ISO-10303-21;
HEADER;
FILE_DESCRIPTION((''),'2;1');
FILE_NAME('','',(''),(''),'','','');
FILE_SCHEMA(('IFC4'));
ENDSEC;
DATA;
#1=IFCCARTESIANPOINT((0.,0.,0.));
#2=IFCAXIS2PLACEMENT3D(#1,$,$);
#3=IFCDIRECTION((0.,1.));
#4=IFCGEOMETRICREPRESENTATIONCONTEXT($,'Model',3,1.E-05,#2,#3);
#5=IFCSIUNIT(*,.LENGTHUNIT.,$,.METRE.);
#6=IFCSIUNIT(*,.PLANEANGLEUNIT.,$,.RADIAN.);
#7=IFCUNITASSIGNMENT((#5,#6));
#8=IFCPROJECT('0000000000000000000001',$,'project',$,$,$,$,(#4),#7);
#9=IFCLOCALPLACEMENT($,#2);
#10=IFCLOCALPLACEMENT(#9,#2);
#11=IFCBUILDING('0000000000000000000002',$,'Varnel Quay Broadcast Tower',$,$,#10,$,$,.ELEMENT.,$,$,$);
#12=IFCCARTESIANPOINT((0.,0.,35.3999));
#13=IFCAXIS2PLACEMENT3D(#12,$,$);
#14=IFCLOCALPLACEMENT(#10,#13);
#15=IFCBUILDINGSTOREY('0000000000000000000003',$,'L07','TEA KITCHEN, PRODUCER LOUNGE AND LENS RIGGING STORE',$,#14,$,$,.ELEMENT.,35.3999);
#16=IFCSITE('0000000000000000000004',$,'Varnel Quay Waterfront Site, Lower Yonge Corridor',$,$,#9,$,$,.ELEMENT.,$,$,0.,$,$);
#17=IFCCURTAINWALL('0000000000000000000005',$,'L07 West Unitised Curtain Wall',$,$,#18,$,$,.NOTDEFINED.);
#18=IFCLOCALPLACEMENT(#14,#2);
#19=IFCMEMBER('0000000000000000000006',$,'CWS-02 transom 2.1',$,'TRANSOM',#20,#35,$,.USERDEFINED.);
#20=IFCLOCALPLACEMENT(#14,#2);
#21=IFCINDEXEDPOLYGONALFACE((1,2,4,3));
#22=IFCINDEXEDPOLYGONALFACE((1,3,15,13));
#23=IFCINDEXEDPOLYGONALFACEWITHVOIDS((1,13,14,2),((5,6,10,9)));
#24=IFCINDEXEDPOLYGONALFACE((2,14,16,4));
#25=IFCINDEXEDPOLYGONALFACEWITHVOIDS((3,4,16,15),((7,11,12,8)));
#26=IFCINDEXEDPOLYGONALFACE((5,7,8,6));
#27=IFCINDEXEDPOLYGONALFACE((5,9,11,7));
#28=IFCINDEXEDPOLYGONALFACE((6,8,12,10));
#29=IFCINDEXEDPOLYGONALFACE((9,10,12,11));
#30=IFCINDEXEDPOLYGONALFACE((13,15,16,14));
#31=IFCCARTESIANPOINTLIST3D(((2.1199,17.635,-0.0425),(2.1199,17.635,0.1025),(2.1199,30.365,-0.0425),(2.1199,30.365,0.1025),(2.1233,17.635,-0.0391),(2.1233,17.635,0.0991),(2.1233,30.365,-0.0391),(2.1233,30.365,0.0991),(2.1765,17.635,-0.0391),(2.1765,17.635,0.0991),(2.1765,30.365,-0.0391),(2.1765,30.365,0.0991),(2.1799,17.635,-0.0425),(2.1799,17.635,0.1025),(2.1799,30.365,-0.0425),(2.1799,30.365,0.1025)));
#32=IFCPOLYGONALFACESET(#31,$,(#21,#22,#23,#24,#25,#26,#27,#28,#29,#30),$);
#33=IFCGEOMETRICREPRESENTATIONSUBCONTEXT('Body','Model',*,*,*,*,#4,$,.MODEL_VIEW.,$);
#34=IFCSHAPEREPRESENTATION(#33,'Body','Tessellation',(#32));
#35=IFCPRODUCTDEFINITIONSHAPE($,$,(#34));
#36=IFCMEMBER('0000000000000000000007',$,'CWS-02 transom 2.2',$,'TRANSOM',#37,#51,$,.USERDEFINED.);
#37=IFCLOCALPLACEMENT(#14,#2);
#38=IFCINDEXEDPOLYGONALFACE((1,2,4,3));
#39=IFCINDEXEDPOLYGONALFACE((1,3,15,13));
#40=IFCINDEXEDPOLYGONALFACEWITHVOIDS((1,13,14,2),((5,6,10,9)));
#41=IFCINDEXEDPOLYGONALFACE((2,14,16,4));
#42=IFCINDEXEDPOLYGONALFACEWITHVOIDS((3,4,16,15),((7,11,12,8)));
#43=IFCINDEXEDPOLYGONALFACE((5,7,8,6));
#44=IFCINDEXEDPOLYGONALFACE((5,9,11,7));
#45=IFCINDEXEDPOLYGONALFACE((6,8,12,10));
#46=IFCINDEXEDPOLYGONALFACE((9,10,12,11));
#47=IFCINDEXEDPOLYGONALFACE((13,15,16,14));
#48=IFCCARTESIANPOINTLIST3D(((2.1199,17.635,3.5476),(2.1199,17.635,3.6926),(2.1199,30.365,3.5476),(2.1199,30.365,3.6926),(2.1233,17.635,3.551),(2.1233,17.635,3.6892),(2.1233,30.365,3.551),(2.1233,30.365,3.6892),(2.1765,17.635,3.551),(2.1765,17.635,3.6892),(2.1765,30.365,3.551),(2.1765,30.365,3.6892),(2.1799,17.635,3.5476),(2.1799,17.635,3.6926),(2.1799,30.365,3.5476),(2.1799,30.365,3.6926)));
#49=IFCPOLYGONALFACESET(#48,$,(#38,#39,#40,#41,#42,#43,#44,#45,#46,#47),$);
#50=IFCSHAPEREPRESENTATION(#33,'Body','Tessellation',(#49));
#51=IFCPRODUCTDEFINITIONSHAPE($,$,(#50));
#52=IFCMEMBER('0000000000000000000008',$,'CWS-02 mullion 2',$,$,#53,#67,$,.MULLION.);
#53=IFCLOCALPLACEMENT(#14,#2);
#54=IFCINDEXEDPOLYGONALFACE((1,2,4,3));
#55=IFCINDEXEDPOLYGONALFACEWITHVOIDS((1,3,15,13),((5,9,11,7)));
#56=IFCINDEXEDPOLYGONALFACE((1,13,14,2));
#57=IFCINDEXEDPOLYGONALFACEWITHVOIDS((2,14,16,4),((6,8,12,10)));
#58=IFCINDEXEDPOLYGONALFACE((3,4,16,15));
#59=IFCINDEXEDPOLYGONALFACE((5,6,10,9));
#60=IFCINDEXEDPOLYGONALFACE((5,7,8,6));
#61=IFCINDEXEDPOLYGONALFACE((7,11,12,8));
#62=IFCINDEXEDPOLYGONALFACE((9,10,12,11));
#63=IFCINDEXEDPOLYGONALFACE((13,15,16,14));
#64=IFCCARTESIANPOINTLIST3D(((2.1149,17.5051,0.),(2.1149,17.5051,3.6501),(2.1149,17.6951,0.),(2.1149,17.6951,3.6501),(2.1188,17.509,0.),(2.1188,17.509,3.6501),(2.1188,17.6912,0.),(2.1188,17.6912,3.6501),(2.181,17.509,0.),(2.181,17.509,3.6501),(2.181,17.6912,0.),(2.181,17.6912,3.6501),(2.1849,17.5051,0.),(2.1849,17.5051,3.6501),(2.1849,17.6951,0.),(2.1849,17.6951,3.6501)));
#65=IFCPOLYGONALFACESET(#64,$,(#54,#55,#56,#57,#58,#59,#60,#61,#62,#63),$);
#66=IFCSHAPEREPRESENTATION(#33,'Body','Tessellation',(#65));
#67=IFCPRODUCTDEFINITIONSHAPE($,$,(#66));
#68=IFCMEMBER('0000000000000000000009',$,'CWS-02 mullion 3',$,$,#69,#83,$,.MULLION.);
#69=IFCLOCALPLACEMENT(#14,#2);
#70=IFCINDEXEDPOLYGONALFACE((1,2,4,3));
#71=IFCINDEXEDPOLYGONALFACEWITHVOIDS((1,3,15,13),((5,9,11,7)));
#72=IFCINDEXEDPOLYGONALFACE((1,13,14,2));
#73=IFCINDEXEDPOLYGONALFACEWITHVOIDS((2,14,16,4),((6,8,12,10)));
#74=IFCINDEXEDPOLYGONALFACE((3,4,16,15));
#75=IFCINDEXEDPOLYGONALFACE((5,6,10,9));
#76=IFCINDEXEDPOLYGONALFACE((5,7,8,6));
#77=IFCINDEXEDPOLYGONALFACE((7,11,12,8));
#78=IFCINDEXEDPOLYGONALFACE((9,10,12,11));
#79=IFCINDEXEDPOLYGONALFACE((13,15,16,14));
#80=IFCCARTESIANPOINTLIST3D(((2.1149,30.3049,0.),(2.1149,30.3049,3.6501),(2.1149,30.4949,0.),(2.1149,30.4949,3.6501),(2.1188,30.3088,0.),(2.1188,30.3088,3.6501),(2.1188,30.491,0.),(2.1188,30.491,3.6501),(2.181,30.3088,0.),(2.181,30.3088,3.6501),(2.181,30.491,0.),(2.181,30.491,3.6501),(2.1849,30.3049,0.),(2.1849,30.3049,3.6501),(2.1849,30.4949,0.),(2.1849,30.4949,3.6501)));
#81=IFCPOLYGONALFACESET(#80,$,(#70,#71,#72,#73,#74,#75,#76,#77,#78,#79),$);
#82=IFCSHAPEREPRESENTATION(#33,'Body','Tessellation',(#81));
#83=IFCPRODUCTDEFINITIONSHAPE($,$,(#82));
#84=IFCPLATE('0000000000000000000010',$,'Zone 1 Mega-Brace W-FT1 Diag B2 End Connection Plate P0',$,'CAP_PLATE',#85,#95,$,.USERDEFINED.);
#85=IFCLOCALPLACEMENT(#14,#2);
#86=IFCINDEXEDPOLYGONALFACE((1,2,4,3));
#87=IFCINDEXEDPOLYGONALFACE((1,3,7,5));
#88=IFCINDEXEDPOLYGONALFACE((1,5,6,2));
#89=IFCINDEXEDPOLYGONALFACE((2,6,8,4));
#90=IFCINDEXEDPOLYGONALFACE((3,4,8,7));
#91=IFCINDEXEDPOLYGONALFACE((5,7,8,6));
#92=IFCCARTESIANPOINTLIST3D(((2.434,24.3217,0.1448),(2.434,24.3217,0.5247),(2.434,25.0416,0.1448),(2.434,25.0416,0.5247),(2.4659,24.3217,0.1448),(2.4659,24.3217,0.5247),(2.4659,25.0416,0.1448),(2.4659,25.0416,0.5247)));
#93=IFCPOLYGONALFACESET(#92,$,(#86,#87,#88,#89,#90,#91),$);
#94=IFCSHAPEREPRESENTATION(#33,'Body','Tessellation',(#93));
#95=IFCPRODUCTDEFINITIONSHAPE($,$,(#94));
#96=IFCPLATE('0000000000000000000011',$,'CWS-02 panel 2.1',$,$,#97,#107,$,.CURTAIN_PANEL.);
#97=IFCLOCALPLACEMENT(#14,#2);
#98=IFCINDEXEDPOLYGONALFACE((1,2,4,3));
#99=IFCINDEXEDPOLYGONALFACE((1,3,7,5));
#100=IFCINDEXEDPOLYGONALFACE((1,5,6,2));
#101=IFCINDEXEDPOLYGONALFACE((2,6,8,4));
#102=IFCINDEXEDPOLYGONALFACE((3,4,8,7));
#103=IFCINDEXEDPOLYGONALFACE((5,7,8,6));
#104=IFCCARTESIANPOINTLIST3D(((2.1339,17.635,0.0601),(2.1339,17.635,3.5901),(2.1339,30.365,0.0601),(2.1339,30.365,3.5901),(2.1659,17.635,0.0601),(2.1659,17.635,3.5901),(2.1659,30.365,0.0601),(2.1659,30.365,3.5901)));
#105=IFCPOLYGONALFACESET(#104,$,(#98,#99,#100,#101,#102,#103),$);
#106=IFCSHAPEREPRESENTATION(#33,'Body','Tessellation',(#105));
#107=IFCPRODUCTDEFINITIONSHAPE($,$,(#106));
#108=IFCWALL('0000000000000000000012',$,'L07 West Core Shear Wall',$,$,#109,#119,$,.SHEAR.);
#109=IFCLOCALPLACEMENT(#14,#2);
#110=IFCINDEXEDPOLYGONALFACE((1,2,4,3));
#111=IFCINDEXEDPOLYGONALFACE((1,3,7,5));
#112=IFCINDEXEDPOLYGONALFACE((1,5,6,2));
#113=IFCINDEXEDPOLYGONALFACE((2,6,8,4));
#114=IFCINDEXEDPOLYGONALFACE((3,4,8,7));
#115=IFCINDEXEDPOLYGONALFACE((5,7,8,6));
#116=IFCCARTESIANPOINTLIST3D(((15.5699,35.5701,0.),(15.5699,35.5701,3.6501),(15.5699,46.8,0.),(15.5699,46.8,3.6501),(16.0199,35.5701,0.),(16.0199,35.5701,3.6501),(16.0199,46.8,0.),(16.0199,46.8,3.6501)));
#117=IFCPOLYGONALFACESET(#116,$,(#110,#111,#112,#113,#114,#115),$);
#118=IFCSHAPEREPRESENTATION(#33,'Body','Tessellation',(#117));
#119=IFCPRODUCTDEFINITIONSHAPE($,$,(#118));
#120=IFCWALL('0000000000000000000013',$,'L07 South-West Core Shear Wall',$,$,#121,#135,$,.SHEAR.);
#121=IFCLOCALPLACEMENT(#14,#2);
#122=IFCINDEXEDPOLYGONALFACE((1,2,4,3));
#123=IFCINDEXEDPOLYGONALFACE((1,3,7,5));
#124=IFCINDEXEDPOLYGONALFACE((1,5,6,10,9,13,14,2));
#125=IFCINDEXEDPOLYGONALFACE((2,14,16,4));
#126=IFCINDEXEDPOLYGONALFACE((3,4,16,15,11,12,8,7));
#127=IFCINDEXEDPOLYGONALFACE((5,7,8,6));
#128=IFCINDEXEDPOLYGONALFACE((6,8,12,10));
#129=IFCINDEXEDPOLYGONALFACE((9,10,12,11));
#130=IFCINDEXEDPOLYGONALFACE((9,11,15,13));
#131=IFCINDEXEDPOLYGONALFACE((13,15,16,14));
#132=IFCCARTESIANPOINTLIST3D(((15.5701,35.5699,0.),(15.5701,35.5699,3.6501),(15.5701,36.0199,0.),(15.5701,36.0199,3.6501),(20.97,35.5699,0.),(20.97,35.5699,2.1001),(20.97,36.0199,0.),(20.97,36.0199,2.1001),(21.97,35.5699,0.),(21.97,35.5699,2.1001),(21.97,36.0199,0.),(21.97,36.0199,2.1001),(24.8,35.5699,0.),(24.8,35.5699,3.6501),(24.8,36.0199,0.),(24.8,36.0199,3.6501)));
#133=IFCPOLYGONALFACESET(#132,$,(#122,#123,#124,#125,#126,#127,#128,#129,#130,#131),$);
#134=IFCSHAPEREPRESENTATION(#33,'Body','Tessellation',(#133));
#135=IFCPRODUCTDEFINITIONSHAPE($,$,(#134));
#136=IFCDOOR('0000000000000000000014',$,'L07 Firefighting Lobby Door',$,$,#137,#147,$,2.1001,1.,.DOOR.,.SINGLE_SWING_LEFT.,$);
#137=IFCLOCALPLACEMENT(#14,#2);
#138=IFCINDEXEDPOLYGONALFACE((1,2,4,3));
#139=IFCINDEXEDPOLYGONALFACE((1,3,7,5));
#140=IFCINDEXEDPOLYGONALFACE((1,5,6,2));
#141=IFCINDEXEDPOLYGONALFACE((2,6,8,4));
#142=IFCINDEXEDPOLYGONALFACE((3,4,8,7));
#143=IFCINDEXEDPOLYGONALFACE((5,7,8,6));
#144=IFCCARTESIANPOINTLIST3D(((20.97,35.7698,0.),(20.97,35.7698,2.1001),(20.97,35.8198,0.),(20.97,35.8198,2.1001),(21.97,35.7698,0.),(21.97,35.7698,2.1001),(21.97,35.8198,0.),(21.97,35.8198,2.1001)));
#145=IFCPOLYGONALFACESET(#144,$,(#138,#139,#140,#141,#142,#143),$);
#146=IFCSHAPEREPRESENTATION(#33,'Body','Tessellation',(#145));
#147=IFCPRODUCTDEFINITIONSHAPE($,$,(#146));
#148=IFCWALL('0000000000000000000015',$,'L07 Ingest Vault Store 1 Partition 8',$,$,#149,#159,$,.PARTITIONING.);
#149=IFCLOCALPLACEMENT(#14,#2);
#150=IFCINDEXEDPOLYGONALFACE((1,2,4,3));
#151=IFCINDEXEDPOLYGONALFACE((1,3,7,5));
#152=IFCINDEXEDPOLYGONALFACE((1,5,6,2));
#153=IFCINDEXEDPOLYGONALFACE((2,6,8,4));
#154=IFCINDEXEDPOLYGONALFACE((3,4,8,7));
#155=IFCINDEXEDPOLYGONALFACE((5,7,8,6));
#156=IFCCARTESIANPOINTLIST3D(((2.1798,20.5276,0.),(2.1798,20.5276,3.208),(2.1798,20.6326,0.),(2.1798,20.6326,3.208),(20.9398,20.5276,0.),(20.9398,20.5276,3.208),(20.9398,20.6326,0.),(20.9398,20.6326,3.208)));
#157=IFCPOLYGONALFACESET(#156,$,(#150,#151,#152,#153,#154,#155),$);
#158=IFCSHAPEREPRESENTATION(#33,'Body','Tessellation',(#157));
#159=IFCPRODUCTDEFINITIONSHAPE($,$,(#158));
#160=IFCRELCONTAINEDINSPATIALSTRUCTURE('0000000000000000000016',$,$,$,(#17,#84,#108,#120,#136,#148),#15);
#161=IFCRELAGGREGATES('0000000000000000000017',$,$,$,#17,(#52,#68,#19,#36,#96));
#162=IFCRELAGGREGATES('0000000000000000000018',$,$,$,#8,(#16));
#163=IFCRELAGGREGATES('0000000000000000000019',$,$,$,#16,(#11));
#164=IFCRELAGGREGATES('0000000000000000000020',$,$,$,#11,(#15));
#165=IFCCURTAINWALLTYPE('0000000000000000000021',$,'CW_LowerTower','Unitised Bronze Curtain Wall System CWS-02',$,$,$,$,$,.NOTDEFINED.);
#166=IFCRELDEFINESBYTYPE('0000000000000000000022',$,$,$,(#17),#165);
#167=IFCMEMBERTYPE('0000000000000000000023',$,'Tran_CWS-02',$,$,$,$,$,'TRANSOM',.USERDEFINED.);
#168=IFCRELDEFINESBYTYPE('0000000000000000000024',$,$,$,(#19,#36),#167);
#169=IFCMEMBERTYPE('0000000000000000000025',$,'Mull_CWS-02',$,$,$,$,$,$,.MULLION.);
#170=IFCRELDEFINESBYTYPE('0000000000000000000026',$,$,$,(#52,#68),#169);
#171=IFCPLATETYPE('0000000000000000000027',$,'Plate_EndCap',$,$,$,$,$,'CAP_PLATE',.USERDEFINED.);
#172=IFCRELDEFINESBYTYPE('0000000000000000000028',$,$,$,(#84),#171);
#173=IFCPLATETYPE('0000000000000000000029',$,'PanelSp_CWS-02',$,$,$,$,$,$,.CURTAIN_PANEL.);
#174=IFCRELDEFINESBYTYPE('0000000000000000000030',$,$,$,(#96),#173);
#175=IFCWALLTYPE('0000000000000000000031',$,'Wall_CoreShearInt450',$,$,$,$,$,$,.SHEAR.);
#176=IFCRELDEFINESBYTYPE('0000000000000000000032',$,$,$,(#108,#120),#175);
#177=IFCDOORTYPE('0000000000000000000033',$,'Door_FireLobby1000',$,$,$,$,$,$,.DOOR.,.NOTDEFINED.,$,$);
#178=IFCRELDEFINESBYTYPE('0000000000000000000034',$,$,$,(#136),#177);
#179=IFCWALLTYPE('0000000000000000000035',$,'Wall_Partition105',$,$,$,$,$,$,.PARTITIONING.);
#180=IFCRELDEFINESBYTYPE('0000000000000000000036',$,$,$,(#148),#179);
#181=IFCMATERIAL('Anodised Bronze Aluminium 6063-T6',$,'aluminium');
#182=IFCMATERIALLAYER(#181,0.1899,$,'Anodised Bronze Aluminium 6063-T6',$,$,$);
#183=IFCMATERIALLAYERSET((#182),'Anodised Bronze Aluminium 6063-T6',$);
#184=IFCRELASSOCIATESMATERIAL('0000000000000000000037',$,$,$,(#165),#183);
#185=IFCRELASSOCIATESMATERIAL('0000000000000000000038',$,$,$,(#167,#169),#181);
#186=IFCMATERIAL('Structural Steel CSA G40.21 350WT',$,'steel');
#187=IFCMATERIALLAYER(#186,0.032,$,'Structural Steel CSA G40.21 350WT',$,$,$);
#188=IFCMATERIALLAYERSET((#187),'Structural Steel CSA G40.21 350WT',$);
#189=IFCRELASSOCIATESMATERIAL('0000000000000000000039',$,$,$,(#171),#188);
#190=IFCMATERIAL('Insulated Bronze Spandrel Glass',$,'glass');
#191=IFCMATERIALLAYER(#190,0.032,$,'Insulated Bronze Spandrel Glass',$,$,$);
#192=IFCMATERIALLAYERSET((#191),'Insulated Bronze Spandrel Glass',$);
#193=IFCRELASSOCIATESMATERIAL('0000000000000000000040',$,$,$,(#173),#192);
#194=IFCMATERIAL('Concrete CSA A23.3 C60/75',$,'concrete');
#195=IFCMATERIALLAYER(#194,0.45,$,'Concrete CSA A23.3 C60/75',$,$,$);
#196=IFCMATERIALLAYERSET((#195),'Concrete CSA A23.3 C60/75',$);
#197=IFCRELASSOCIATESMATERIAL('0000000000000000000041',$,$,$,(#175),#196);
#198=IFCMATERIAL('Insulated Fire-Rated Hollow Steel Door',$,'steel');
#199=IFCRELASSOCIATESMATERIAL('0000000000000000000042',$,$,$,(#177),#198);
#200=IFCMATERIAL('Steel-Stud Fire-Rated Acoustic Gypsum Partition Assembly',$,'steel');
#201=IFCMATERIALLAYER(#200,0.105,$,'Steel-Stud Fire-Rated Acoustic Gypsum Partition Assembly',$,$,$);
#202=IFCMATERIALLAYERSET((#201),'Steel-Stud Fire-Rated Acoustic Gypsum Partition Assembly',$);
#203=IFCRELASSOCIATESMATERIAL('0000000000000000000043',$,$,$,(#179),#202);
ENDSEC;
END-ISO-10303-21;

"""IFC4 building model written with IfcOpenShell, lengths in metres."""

from ifc_helpers import new_model, si_unit, direction, frame, frame_2d, origin, origin_2d, place, context, subcontext, project, spatial, rectangle, hollow_rectangle, extrude, source, transform, mapped, material, layer, layer_set, material_profile, profile_set, type_object, type_shapes, element, fill, aggregate, save


model = new_model("IFC4")

# Units and contexts
model_context = context("Model", 3, precision=1e-05, world=origin(), true_north=direction((0.0, 1.0)))
body_context = subcontext(model_context, "Body", "Model", "MODEL_VIEW")
ifc_project = project(units=[si_unit("LENGTHUNIT", "METRE"), si_unit("PLANEANGLEUNIT", "RADIAN")], contexts=[model_context])

# Site, building, storey
site_placement = place(None, origin())
site = spatial("IfcSite", under=ifc_project, at=site_placement, Name="Varnel Quay Waterfront Site, Lower Yonge Corridor", CompositionType="ELEMENT", RefElevation=0.0)
building_placement = place(site_placement, origin())
building = spatial("IfcBuilding", under=site, at=building_placement, Name="Varnel Quay Broadcast Tower", CompositionType="ELEMENT")
storey_placement = place(building_placement, frame((0.0, 0.0, 35.3999)))
storey = spatial("IfcBuildingStorey", under=building, at=storey_placement, Name="L07", Description="TEA KITCHEN, PRODUCER LOUNGE AND LENS RIGGING STORE", CompositionType="ELEMENT", Elevation=35.3999)

# Shared definitions
ifc_material_1 = material(Name="Structural Steel CSA G40.21 350WT", Category="steel")
ifc_material_2 = material(Name="Concrete CSA A23.3 C60/75", Category="concrete")

# Curtain wall, members
ifc_material_3 = material(Name="Anodised Bronze Aluminium 6063-T6", Category="aluminium")
ifc_layer_1 = layer(ifc_material_3, 0.1899, Name="Anodised Bronze Aluminium 6063-T6")
ifc_layer_set_1 = layer_set([ifc_layer_1], Name="Anodised Bronze Aluminium 6063-T6")
curtain_wall_type = type_object("IfcCurtainWallType", Name="CW_LowerTower", Description="Unitised Bronze Curtain Wall System CWS-02", PredefinedType="NOTDEFINED", material=ifc_layer_set_1)
curtain_wall_placement = place(storey_placement, origin())
curtain_wall = element("IfcCurtainWall", 1, at=curtain_wall_placement, inside=storey, type_object=curtain_wall_type, Name="L07 West Unitised Curtain Wall", PredefinedType="NOTDEFINED")
ifc_material_profile_1 = material_profile(ifc_material_3, hollow_rectangle(XDim=0.0601, YDim=0.145, WallThickness=0.0034, at=origin_2d()), Name="ALU60X145X3.5")
ifc_profile_set_1 = profile_set([ifc_material_profile_1], Name="Anodised Bronze Aluminium 6063-T6")
member_type_1 = type_object("IfcMemberType", Name="Tran_CWS-02", ElementType="TRANSOM", PredefinedType="USERDEFINED", material=ifc_profile_set_1)
shared_shape_1 = source(origin(), body_context, "Body", "SweptSolid", [
    extrude(hollow_rectangle(XDim=0.0601, YDim=0.145, WallThickness=0.0034, at=origin_2d()), origin(), (0.0, 0.0, 1.0), 12.73),
])
member_1_placement = place(storey_placement, frame((2.1499, 17.635, 0.03), z_axis=(0.0, 1.0, 0.0), x_axis=(-1.0, 0.0, 0.0)))
member_1 = element("IfcMember", 2, at=member_1_placement, type_object=member_type_1, Name="CWS-02 transom 2.1", ObjectType="TRANSOM", PredefinedType="USERDEFINED", context=body_context, shape_type="MappedRepresentation", body=[
    mapped(shared_shape_1, transform((0.0, 0.0, 0.0), x_axis=(1.0, 0.0, 0.0), y_axis=(0.0, 1.0, 0.0), z_axis=(0.0, 0.0, 1.0), scale=1.0)),
])
member_2_placement = place(storey_placement, frame((2.1499, 17.635, 3.6201), z_axis=(0.0, 1.0, 0.0), x_axis=(-1.0, 0.0, 0.0)))
member_2 = element("IfcMember", 3, at=member_2_placement, type_object=member_type_1, Name="CWS-02 transom 2.2", ObjectType="TRANSOM", PredefinedType="USERDEFINED", context=body_context, shape_type="MappedRepresentation", body=[
    mapped(shared_shape_1, transform((0.0, 0.0, 0.0), x_axis=(1.0, 0.0, 0.0), y_axis=(0.0, 1.0, 0.0), z_axis=(0.0, 0.0, 1.0), scale=1.0)),
])
ifc_material_profile_2 = material_profile(ifc_material_3, hollow_rectangle(XDim=0.0701, YDim=0.1899, WallThickness=0.0039, at=origin_2d()), Name="ALU70X190X4")
ifc_profile_set_2 = profile_set([ifc_material_profile_2], Name="Anodised Bronze Aluminium 6063-T6")
member_type_2 = type_object("IfcMemberType", Name="Mull_CWS-02", PredefinedType="MULLION", material=ifc_profile_set_2)
shared_shape_2 = source(origin(), body_context, "Body", "SweptSolid", [
    extrude(hollow_rectangle(XDim=0.0701, YDim=0.1899, WallThickness=0.0039, at=origin_2d()), origin(), (0.0, 0.0, 1.0), 3.6501),
])
type_shapes(member_type_2, [shared_shape_2])
member_3_placement = place(storey_placement, frame((2.1499, 17.6001, 0.0), z_axis=(0.0, 0.0, 1.0), x_axis=(-1.0, 0.0, 0.0)))
member_3 = element("IfcMember", 4, at=member_3_placement, type_object=member_type_2, Name="CWS-02 mullion 2", PredefinedType="MULLION", context=body_context, shape_type="MappedRepresentation", body=[
    mapped(shared_shape_2, transform((0.0, 0.0, 0.0), x_axis=(1.0, 0.0, 0.0), y_axis=(0.0, 1.0, 0.0), z_axis=(0.0, 0.0, 1.0), scale=1.0)),
])
member_4_placement = place(storey_placement, frame((2.1499, 30.3999, 0.0), z_axis=(0.0, 0.0, 1.0), x_axis=(-1.0, 0.0, 0.0)))
member_4 = element("IfcMember", 5, at=member_4_placement, type_object=member_type_2, Name="CWS-02 mullion 3", PredefinedType="MULLION", context=body_context, shape_type="MappedRepresentation", body=[
    mapped(shared_shape_2, transform((0.0, 0.0, 0.0), x_axis=(1.0, 0.0, 0.0), y_axis=(0.0, 1.0, 0.0), z_axis=(0.0, 0.0, 1.0), scale=1.0)),
])

# Plates
ifc_layer_2 = layer(ifc_material_1, 0.032, Name="Structural Steel CSA G40.21 350WT")
ifc_layer_set_2 = layer_set([ifc_layer_2], Name="Structural Steel CSA G40.21 350WT")
plate_type_1 = type_object("IfcPlateType", Name="Plate_EndCap", ElementType="CAP_PLATE", PredefinedType="USERDEFINED", material=ifc_layer_set_2)
shared_shape_3 = source(origin(), body_context, "Body", "SweptSolid", [
    extrude(rectangle(XDim=0.72, YDim=0.032, at=origin_2d()), origin(), (0.0, 0.0, 1.0), 0.3799),
])
type_shapes(plate_type_1, [shared_shape_3])
plate_1_placement = place(storey_placement, frame((2.45, 24.6816, 0.1448), z_axis=(0.0, 0.0, 1.0), x_axis=(0.0, 1.0, 0.0)))
element("IfcPlate", 6, at=plate_1_placement, inside=storey, type_object=plate_type_1, Name="Zone 1 Mega-Brace W-FT1 Diag B2 End Connection Plate P0", ObjectType="CAP_PLATE", PredefinedType="USERDEFINED", context=body_context, shape_type="MappedRepresentation", body=[
    mapped(shared_shape_3, transform((0.0, 0.0, 0.0), x_axis=(1.0, 0.0, 0.0), y_axis=(0.0, 1.0, 0.0), z_axis=(0.0, 0.0, 1.0), scale=1.0)),
])
ifc_material_4 = material(Name="Insulated Bronze Spandrel Glass", Category="glass")
ifc_layer_3 = layer(ifc_material_4, 0.032, Name="Insulated Bronze Spandrel Glass")
ifc_layer_set_3 = layer_set([ifc_layer_3], Name="Insulated Bronze Spandrel Glass")
plate_type_2 = type_object("IfcPlateType", Name="PanelSp_CWS-02", PredefinedType="CURTAIN_PANEL", material=ifc_layer_set_3)
shared_shape_4 = source(origin(), body_context, "Body", "SweptSolid", [
    extrude(rectangle(XDim=12.73, YDim=0.032, at=origin_2d()), origin(), (0.0, 0.0, 1.0), 3.53),
])
type_shapes(plate_type_2, [shared_shape_4])
plate_2_placement = place(storey_placement, frame((2.1499, 24.0, 0.0601), z_axis=(0.0, 0.0, 1.0), x_axis=(0.0, 1.0, 0.0)))
plate_2 = element("IfcPlate", 7, at=plate_2_placement, type_object=plate_type_2, Name="CWS-02 panel 2.1", PredefinedType="CURTAIN_PANEL", context=body_context, shape_type="MappedRepresentation", body=[
    mapped(shared_shape_4, transform((0.0, 0.0, 0.0), x_axis=(1.0, 0.0, 0.0), y_axis=(0.0, 1.0, 0.0), z_axis=(0.0, 0.0, 1.0), scale=1.0)),
])
aggregate(curtain_wall, [member_3, member_4, member_1, member_2, plate_2])

# Wall
ifc_layer_4 = layer(ifc_material_2, 0.45, Name="Concrete CSA A23.3 C60/75")
ifc_layer_set_4 = layer_set([ifc_layer_4], Name="Concrete CSA A23.3 C60/75")
wall_type_1 = type_object("IfcWallType", Name="Wall_CoreShearInt450", PredefinedType="SHEAR", material=ifc_layer_set_4)
wall_1_placement = place(storey_placement, frame((15.7949, 35.5701, 0.0), z_axis=(0.0, 0.0, 1.0), x_axis=(0.0, 1.0, 0.0)))
element("IfcWall", 8, at=wall_1_placement, inside=storey, type_object=wall_type_1, Name="L07 West Core Shear Wall", PredefinedType="SHEAR", context=body_context, shape_type="SweptSolid", body=[
    extrude(rectangle(XDim=11.23, YDim=0.45, at=frame_2d((5.615, 0.0))), origin(), (0.0, 0.0, 1.0), 3.6501),
])

# Wall, opening, door
wall_2_placement = place(storey_placement, frame((15.5701, 35.7949, 0.0), z_axis=(0.0, 0.0, 1.0), x_axis=(1.0, 0.0, 0.0)))
wall_2 = element("IfcWall", 9, at=wall_2_placement, inside=storey, type_object=wall_type_1, Name="L07 South-West Core Shear Wall", PredefinedType="SHEAR", context=body_context, shape_type="SweptSolid", body=[
    extrude(rectangle(XDim=9.23, YDim=0.45, at=frame_2d((4.615, 0.0))), origin(), (0.0, 0.0, 1.0), 3.6501),
])
opening_1_placement = place(wall_2_placement, frame((5.3999, 0.0, 0.0)))
opening_1 = element("IfcOpeningElement", 10, at=opening_1_placement, cuts=wall_2, PredefinedType="OPENING", context=body_context, shape_type="SweptSolid", body=[
    extrude(rectangle(XDim=1.0, YDim=2.1001, at=frame_2d((0.5, 1.05))), frame((0.0, 0.2349, 0.0), z_axis=(0.0, -1.0, 0.0), x_axis=(1.0, 0.0, 0.0)), (0.0, 0.0, 1.0), 0.47),
])
ifc_material_5 = material(Name="Insulated Fire-Rated Hollow Steel Door", Category="steel")
door_type_1 = type_object("IfcDoorType", Name="Door_FireLobby1000", OperationType="NOTDEFINED", PredefinedType="DOOR", material=ifc_material_5)
shared_shape_5 = source(origin(), body_context, "Body", "SweptSolid", [
    extrude(rectangle(XDim=1.0, YDim=2.1001, at=frame_2d((0.5, 1.05))), frame((0.0, 0.0249, 0.0), z_axis=(0.0, -1.0, 0.0), x_axis=(1.0, 0.0, 0.0)), (0.0, 0.0, 1.0), 0.05),
])
type_shapes(door_type_1, [shared_shape_5])
door_1_placement = place(opening_1_placement, origin())
door_1 = element("IfcDoor", 11, at=door_1_placement, inside=storey, type_object=door_type_1, Name="L07 Firefighting Lobby Door", OperationType="SINGLE_SWING_LEFT", OverallHeight=2.1001, OverallWidth=1.0, PredefinedType="DOOR", context=body_context, shape_type="MappedRepresentation", body=[
    mapped(shared_shape_5, transform((0.0, 0.0, 0.0), x_axis=(1.0, 0.0, 0.0), y_axis=(0.0, 1.0, 0.0), z_axis=(0.0, 0.0, 1.0), scale=1.0)),
])
fill(opening_1, door_1)

# Wall
ifc_material_6 = material(Name="Steel-Stud Fire-Rated Acoustic Gypsum Partition Assembly", Category="steel")
ifc_layer_5 = layer(ifc_material_6, 0.105, Name="Steel-Stud Fire-Rated Acoustic Gypsum Partition Assembly")
ifc_layer_set_5 = layer_set([ifc_layer_5], Name="Steel-Stud Fire-Rated Acoustic Gypsum Partition Assembly")
wall_type_2 = type_object("IfcWallType", Name="Wall_Partition105", PredefinedType="PARTITIONING", material=ifc_layer_set_5)
wall_3_placement = place(storey_placement, frame((2.1799, 20.5801, 0.0), z_axis=(0.0, 0.0, 1.0), x_axis=(1.0, 0.0, 0.0)))
element("IfcWall", 12, at=wall_3_placement, inside=storey, type_object=wall_type_2, Name="L07 Ingest Vault Store 1 Partition 8", PredefinedType="PARTITIONING", context=body_context, shape_type="SweptSolid", body=[
    extrude(rectangle(XDim=18.76, YDim=0.105, at=frame_2d((9.3799, 0.0))), origin(), (0.0, 0.0, 1.0), 3.208),
])

save(model, "model.ifc")
